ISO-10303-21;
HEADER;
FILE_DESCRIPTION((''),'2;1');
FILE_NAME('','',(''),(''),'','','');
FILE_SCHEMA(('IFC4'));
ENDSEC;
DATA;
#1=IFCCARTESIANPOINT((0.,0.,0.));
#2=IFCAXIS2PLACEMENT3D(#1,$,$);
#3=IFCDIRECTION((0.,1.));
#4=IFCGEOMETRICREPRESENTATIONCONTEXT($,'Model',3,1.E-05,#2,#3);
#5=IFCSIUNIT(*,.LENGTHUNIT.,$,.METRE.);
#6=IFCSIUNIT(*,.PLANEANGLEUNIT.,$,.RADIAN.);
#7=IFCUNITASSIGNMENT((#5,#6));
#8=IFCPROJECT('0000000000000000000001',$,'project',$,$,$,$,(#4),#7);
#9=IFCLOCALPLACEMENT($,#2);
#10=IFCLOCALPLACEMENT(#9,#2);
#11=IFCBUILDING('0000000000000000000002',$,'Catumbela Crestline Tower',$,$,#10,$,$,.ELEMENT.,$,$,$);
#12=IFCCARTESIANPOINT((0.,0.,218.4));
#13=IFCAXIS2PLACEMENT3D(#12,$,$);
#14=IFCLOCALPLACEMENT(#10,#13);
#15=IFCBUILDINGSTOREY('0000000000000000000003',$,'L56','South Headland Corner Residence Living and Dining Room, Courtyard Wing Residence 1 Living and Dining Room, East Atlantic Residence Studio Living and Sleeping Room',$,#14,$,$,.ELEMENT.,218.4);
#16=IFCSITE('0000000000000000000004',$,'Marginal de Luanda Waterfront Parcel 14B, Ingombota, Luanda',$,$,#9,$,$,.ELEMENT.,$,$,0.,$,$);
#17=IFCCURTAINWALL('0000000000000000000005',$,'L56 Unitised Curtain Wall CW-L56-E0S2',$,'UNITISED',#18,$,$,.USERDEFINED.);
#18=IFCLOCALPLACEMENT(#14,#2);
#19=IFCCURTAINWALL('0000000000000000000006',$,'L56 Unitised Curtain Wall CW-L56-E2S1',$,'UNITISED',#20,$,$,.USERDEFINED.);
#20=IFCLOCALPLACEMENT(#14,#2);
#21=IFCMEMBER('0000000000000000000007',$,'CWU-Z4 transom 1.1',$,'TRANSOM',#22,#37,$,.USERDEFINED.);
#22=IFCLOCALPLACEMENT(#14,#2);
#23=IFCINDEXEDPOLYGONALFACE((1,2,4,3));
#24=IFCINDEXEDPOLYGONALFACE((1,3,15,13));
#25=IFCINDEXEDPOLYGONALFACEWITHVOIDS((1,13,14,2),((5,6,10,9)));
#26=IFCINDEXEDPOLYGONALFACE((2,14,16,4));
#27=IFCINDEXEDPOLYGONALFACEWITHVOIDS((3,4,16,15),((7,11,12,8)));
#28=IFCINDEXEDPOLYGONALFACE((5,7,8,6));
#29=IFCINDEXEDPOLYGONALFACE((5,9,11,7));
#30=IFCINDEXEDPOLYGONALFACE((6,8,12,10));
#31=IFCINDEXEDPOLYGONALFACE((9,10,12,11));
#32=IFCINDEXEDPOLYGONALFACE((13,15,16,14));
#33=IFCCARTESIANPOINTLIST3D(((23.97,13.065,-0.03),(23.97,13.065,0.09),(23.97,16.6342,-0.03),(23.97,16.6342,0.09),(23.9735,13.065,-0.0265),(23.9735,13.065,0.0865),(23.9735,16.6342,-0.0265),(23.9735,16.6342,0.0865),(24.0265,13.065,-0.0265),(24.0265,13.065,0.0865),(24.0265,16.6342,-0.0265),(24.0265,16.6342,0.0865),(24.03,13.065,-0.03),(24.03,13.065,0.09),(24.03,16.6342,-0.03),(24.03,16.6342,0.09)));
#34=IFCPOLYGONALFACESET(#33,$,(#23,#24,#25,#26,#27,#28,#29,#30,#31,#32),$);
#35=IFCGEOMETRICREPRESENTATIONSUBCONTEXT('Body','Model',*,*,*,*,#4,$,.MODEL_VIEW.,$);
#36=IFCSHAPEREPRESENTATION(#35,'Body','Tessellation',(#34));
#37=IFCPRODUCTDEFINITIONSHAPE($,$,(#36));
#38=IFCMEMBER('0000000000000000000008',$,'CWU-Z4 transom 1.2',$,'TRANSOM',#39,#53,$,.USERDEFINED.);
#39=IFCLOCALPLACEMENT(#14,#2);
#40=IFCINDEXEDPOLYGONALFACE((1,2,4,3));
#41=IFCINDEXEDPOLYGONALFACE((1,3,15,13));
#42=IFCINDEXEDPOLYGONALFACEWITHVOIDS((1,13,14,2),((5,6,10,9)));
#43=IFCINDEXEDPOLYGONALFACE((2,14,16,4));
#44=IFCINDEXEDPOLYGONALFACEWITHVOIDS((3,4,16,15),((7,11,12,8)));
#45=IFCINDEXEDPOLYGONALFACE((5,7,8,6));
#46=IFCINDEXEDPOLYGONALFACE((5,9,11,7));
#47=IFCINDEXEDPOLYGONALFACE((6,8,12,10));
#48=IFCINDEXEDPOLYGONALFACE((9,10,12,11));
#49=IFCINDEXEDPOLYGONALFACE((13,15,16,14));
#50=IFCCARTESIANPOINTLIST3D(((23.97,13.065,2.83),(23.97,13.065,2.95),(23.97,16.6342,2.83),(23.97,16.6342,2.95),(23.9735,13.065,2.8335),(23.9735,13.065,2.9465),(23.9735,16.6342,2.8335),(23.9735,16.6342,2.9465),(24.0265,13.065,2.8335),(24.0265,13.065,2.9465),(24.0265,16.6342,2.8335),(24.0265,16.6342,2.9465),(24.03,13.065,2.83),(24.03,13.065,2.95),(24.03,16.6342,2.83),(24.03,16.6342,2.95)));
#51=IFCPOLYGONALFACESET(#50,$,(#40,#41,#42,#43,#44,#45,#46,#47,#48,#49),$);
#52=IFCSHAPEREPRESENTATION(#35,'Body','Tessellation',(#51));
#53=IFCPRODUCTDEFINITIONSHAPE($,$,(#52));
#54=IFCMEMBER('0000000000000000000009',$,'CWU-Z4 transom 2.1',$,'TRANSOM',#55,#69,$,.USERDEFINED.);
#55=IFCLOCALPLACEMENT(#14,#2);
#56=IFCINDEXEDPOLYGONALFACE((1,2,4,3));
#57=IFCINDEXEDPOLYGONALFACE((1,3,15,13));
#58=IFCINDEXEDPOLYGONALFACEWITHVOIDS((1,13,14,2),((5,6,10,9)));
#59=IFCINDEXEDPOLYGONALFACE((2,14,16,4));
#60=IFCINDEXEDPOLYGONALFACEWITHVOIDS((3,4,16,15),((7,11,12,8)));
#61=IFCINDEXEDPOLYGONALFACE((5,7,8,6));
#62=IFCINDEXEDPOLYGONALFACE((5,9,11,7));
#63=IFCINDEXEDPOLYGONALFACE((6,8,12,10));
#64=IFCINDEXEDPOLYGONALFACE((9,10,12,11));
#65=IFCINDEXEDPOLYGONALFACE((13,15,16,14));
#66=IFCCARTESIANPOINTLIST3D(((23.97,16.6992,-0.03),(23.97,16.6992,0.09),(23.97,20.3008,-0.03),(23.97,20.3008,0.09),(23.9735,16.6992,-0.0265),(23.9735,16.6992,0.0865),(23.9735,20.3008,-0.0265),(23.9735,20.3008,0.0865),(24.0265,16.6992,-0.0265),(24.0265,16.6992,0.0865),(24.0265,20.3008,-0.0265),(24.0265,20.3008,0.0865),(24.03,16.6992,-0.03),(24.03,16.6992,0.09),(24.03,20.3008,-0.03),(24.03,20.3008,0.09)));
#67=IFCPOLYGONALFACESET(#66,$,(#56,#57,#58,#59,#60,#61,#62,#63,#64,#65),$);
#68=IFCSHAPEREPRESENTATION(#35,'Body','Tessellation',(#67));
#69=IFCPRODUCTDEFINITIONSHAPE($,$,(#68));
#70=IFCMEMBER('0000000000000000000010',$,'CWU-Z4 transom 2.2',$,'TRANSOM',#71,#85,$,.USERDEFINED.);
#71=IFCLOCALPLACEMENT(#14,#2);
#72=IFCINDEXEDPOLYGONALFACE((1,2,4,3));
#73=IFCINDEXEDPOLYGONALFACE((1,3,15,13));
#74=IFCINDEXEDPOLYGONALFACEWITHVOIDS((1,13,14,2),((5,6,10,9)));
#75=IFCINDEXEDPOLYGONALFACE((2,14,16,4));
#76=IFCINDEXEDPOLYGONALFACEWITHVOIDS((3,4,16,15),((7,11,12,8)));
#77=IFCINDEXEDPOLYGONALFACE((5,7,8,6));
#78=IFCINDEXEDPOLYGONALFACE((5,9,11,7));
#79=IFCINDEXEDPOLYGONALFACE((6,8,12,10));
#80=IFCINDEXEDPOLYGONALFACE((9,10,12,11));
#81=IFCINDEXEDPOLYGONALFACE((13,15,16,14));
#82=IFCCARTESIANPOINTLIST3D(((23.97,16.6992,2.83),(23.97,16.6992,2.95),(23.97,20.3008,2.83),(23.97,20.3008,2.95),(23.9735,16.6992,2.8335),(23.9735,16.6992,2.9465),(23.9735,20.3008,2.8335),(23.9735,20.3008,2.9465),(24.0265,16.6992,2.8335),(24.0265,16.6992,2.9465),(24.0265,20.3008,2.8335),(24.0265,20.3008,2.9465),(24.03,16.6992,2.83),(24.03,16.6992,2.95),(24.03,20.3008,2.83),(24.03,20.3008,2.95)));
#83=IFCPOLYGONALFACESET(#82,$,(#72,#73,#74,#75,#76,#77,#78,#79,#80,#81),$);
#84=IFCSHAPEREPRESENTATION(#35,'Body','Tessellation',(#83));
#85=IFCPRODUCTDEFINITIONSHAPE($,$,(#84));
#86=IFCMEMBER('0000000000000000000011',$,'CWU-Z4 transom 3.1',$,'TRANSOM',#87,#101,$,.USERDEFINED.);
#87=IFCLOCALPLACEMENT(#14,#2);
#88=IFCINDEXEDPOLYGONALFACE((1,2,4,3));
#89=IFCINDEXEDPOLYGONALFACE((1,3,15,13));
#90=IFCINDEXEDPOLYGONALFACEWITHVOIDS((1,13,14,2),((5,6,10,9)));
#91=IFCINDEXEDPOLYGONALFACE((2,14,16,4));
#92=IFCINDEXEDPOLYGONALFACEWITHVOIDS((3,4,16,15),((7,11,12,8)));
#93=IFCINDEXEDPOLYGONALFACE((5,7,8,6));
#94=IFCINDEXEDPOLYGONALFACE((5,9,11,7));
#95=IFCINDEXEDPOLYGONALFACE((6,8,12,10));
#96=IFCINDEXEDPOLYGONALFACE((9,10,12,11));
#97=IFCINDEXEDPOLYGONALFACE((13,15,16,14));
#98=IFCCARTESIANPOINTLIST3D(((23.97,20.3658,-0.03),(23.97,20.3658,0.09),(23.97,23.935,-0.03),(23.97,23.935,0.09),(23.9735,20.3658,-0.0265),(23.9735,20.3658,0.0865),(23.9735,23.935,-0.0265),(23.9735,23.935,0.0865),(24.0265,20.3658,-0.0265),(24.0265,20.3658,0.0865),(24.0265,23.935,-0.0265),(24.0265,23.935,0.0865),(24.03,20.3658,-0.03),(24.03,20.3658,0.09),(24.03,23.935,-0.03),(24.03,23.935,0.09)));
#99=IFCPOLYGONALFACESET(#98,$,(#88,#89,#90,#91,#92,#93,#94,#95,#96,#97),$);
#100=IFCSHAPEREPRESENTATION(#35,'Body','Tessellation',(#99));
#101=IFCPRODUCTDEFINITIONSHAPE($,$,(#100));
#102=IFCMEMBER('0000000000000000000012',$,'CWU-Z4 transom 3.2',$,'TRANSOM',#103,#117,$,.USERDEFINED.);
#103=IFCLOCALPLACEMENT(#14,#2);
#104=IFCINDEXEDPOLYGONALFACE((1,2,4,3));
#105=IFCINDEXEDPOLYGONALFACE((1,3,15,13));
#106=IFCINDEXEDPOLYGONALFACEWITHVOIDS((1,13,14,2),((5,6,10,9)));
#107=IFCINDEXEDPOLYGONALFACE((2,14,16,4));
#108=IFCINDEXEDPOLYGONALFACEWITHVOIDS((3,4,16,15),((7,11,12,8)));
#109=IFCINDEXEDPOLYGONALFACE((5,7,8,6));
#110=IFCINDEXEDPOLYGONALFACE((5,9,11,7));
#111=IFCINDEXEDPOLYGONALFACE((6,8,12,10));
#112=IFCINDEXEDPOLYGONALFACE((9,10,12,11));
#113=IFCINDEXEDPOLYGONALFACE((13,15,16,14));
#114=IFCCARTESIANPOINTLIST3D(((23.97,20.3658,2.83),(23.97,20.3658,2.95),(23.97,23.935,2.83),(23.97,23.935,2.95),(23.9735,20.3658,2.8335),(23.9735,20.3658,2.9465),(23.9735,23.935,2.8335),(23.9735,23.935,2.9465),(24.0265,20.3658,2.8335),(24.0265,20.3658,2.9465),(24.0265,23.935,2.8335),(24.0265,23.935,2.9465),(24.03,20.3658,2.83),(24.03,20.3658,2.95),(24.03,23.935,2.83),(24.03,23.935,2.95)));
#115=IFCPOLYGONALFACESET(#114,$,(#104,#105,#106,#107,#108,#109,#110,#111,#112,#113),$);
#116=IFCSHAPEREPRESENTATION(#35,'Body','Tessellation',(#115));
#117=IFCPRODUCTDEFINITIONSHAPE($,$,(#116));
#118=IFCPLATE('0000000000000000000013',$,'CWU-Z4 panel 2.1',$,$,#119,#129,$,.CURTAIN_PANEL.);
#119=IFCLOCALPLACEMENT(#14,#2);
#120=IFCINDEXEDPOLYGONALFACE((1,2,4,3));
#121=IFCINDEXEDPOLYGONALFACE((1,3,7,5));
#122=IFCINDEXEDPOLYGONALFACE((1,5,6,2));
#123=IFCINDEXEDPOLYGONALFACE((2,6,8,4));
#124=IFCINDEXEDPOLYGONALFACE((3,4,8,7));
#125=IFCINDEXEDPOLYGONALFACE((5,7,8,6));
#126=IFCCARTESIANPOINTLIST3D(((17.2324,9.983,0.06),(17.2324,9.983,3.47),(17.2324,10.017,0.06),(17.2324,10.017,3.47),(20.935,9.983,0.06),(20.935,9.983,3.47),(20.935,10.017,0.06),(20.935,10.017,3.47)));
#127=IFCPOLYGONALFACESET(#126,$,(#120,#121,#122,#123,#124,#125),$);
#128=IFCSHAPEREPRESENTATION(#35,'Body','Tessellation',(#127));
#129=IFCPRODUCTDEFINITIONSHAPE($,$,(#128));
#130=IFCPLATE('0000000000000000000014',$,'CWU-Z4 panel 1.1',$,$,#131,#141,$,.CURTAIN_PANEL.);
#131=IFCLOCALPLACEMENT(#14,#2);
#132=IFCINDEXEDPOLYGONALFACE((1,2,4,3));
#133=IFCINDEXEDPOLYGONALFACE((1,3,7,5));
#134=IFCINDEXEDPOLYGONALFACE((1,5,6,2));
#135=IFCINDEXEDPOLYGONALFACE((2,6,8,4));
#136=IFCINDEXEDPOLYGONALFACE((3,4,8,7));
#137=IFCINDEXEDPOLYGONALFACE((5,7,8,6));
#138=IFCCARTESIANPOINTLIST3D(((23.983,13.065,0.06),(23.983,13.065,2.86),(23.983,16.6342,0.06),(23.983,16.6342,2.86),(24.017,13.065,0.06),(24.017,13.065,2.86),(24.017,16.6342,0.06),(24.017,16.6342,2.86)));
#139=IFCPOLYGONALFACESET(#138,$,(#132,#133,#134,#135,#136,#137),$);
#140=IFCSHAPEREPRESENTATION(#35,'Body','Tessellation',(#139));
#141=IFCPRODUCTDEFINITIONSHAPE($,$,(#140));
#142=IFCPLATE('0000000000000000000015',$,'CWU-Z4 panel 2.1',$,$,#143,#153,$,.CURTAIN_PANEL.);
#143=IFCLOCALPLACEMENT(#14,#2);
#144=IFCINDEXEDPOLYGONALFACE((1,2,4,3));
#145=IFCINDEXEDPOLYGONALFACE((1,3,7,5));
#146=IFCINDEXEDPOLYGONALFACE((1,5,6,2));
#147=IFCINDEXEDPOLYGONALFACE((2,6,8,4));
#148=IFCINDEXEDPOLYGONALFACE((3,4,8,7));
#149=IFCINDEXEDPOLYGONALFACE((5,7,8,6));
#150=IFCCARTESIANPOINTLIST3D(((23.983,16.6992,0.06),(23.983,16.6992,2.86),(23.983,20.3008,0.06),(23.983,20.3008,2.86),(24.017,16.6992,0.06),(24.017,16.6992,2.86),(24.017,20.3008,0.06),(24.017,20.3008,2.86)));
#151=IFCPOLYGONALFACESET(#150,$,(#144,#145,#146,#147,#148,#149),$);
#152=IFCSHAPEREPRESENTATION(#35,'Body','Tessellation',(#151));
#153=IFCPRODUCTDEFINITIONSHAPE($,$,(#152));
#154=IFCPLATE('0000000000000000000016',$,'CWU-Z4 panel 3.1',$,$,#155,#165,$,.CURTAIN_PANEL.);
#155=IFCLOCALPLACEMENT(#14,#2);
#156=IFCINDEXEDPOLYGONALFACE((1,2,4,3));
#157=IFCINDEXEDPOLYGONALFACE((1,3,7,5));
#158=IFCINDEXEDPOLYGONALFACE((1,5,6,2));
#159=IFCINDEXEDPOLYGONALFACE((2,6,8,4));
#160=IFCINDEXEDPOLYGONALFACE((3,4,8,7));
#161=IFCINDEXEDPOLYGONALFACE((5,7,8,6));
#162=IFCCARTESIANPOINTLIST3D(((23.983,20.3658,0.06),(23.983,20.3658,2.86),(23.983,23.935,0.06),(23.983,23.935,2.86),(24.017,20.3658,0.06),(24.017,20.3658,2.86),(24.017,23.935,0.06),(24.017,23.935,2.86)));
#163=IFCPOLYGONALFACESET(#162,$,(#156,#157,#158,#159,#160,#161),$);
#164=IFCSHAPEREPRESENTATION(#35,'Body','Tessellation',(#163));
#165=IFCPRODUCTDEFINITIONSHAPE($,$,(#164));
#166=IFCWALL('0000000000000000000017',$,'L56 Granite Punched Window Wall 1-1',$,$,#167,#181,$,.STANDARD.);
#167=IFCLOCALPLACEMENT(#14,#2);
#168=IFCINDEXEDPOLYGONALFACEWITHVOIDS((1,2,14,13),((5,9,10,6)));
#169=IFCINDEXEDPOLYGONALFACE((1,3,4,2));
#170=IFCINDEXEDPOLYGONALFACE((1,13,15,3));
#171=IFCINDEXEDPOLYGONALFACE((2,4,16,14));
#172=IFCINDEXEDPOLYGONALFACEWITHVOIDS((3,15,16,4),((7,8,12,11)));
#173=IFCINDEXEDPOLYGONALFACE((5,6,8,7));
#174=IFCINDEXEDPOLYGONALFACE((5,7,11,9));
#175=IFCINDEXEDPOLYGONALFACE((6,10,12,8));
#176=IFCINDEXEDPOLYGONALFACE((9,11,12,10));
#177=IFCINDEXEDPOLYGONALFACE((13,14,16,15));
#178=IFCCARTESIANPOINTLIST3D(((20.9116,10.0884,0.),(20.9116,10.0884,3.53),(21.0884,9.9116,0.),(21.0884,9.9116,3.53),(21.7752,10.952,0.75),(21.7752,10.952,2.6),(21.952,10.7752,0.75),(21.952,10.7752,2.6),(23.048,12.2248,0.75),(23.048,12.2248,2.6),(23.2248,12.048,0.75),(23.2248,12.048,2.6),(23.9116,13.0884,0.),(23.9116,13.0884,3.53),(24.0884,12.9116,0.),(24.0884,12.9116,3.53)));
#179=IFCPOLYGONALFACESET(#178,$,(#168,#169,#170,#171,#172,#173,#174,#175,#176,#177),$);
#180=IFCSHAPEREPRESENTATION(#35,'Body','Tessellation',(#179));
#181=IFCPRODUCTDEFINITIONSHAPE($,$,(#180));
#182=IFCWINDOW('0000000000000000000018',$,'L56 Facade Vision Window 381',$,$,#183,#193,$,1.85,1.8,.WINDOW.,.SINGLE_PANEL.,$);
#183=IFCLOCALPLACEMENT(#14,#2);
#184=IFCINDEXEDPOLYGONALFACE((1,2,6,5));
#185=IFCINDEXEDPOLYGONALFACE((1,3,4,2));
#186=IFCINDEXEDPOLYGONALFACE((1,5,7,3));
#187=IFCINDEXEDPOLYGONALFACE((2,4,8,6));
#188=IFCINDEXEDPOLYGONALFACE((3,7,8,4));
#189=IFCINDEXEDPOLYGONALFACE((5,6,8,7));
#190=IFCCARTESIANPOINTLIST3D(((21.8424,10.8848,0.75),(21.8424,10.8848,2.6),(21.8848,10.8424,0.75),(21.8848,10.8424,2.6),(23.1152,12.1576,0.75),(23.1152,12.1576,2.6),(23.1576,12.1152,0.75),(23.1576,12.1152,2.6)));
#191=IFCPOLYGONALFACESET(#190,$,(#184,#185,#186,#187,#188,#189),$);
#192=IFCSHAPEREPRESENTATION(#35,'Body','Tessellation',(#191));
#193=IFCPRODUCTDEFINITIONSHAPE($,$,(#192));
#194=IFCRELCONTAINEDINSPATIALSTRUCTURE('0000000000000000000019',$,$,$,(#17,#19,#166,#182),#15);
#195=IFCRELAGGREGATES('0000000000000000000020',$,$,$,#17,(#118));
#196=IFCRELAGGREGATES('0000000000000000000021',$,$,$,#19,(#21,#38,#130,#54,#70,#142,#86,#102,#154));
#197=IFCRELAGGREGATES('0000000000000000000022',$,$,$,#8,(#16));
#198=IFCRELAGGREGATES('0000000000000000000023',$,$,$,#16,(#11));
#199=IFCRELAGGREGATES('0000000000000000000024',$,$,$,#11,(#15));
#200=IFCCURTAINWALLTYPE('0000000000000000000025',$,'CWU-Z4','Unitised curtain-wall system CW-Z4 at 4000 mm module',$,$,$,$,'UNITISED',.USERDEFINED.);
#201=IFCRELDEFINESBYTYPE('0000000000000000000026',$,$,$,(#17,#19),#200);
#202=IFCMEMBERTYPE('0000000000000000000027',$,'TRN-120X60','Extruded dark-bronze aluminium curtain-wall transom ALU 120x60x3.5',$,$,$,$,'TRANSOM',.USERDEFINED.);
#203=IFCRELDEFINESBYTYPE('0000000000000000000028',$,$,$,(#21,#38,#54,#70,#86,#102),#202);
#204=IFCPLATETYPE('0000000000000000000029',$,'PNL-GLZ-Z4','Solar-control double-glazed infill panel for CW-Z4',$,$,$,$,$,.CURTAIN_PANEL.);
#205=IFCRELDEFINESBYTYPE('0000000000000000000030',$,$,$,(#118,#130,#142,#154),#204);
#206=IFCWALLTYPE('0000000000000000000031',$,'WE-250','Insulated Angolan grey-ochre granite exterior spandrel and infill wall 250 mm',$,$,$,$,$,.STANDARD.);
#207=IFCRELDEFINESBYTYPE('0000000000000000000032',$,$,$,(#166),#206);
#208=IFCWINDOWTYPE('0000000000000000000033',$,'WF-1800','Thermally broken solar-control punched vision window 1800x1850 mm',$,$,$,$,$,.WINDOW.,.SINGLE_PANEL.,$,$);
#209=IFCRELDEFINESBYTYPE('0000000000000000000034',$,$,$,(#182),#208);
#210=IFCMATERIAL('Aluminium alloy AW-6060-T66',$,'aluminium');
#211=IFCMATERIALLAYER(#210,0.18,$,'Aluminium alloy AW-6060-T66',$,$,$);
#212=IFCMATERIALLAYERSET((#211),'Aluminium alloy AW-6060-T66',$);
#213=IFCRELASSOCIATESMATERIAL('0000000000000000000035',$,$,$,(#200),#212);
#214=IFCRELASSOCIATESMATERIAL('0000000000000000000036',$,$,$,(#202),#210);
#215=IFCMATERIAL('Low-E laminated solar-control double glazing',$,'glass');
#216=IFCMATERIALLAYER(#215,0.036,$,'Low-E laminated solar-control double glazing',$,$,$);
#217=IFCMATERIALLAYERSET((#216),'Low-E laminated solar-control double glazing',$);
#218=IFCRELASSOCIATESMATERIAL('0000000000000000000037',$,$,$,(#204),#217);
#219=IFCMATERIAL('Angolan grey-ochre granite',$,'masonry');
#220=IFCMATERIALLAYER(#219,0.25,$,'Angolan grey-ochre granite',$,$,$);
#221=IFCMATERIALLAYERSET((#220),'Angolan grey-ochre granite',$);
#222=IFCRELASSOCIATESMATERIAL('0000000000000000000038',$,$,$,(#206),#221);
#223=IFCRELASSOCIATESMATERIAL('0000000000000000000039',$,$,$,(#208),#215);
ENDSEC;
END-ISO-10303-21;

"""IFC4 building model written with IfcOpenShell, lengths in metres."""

from ifc_helpers import new_model, si_unit, direction, frame, frame_2d, origin, origin_2d, place, context, subcontext, project, spatial, rectangle, hollow_rectangle, extrude, material, layer, layer_set, material_profile, profile_set, type_object, element, fill, aggregate, save


model = new_model("IFC4")

# Units and contexts
model_context = context("Model", 3, precision=1e-05, world=origin(), true_north=direction((0.0, 1.0)))
body_context = subcontext(model_context, "Body", "Model", "MODEL_VIEW")
ifc_project = project(units=[si_unit("LENGTHUNIT", "METRE"), si_unit("PLANEANGLEUNIT", "RADIAN")], contexts=[model_context])

# Site, building, storey
site_placement = place(None, origin())
site = spatial("IfcSite", under=ifc_project, at=site_placement, Name="Marginal de Luanda Waterfront Parcel 14B, Ingombota, Luanda", CompositionType="ELEMENT", RefElevation=0.0)
building_placement = place(site_placement, origin())
building = spatial("IfcBuilding", under=site, at=building_placement, Name="Catumbela Crestline Tower", CompositionType="ELEMENT")
storey_placement = place(building_placement, frame((0.0, 0.0, 218.4)))
storey = spatial("IfcBuildingStorey", under=building, at=storey_placement, Name="L56", Description="South Headland Corner Residence Living and Dining Room, Courtyard Wing Residence 1 Living and Dining Room, East Atlantic Residence Studio Living and Sleeping Room", CompositionType="ELEMENT", Elevation=218.4)

# Curtain wall
ifc_material_1 = material(Name="Aluminium alloy AW-6060-T66", Category="aluminium")
ifc_layer_1 = layer(ifc_material_1, 0.18, Name="Aluminium alloy AW-6060-T66")
ifc_layer_set_1 = layer_set([ifc_layer_1], Name="Aluminium alloy AW-6060-T66")
curtain_wall_type = type_object("IfcCurtainWallType", Name="CWU-Z4", Description="Unitised curtain-wall system CW-Z4 at 4000 mm module", ElementType="UNITISED", PredefinedType="USERDEFINED", material=ifc_layer_set_1)
curtain_wall_1_placement = place(storey_placement, origin())
curtain_wall_1 = element("IfcCurtainWall", 1, at=curtain_wall_1_placement, inside=storey, type_object=curtain_wall_type, Name="L56 Unitised Curtain Wall CW-L56-E0S2", ObjectType="UNITISED", PredefinedType="USERDEFINED")

# Curtain wall
curtain_wall_2_placement = place(storey_placement, origin())
curtain_wall_2 = element("IfcCurtainWall", 2, at=curtain_wall_2_placement, inside=storey, type_object=curtain_wall_type, Name="L56 Unitised Curtain Wall CW-L56-E2S1", ObjectType="UNITISED", PredefinedType="USERDEFINED")

# Members
ifc_material_profile_1 = material_profile(ifc_material_1, hollow_rectangle(XDim=0.06, YDim=0.12, WallThickness=0.0035, at=origin_2d()), Name="ALU 120x60x3.5")
ifc_profile_set_1 = profile_set([ifc_material_profile_1], Name="Aluminium alloy AW-6060-T66")
member_type_1 = type_object("IfcMemberType", Name="TRN-120X60", Description="Extruded dark-bronze aluminium curtain-wall transom ALU 120x60x3.5", ElementType="TRANSOM", PredefinedType="USERDEFINED", material=ifc_profile_set_1)
member_1_placement = place(storey_placement, frame((24.0, 13.065, 0.03), z_axis=(0.0, 1.0, 0.0), x_axis=(-1.0, 0.0, 0.0)))
member_1 = element("IfcMember", 3, at=member_1_placement, type_object=member_type_1, Name="CWU-Z4 transom 1.1", ObjectType="TRANSOM", PredefinedType="USERDEFINED", context=body_context, shape_type="SweptSolid", body=[
    extrude(hollow_rectangle(XDim=0.06, YDim=0.12, WallThickness=0.0035, at=origin_2d()), origin(), (0.0, 0.0, 1.0), 3.5692),
])
member_2_placement = place(storey_placement, frame((24.0, 13.065, 2.89), z_axis=(0.0, 1.0, 0.0), x_axis=(-1.0, 0.0, 0.0)))
member_2 = element("IfcMember", 4, at=member_2_placement, type_object=member_type_1, Name="CWU-Z4 transom 1.2", ObjectType="TRANSOM", PredefinedType="USERDEFINED", context=body_context, shape_type="SweptSolid", body=[
    extrude(hollow_rectangle(XDim=0.06, YDim=0.12, WallThickness=0.0035, at=origin_2d()), origin(), (0.0, 0.0, 1.0), 3.5692),
])
member_3_placement = place(storey_placement, frame((24.0, 16.6992, 0.03), z_axis=(0.0, 1.0, 0.0), x_axis=(-1.0, 0.0, 0.0)))
member_3 = element("IfcMember", 5, at=member_3_placement, type_object=member_type_1, Name="CWU-Z4 transom 2.1", ObjectType="TRANSOM", PredefinedType="USERDEFINED", context=body_context, shape_type="SweptSolid", body=[
    extrude(hollow_rectangle(XDim=0.06, YDim=0.12, WallThickness=0.0035, at=origin_2d()), origin(), (0.0, 0.0, 1.0), 3.6016),
])
member_4_placement = place(storey_placement, frame((24.0, 16.6992, 2.89), z_axis=(0.0, 1.0, 0.0), x_axis=(-1.0, 0.0, 0.0)))
member_4 = element("IfcMember", 6, at=member_4_placement, type_object=member_type_1, Name="CWU-Z4 transom 2.2", ObjectType="TRANSOM", PredefinedType="USERDEFINED", context=body_context, shape_type="SweptSolid", body=[
    extrude(hollow_rectangle(XDim=0.06, YDim=0.12, WallThickness=0.0035, at=origin_2d()), origin(), (0.0, 0.0, 1.0), 3.6016),
])
member_5_placement = place(storey_placement, frame((24.0, 20.3658, 0.03), z_axis=(0.0, 1.0, 0.0), x_axis=(-1.0, 0.0, 0.0)))
member_5 = element("IfcMember", 7, at=member_5_placement, type_object=member_type_1, Name="CWU-Z4 transom 3.1", ObjectType="TRANSOM", PredefinedType="USERDEFINED", context=body_context, shape_type="SweptSolid", body=[
    extrude(hollow_rectangle(XDim=0.06, YDim=0.12, WallThickness=0.0035, at=origin_2d()), origin(), (0.0, 0.0, 1.0), 3.5692),
])
member_6_placement = place(storey_placement, frame((24.0, 20.3658, 2.89), z_axis=(0.0, 1.0, 0.0), x_axis=(-1.0, 0.0, 0.0)))
member_6 = element("IfcMember", 8, at=member_6_placement, type_object=member_type_1, Name="CWU-Z4 transom 3.2", ObjectType="TRANSOM", PredefinedType="USERDEFINED", context=body_context, shape_type="SweptSolid", body=[
    extrude(hollow_rectangle(XDim=0.06, YDim=0.12, WallThickness=0.0035, at=origin_2d()), origin(), (0.0, 0.0, 1.0), 3.5692),
])

# Plates
ifc_material_2 = material(Name="Low-E laminated solar-control double glazing", Category="glass")
ifc_layer_2 = layer(ifc_material_2, 0.036, Name="Low-E laminated solar-control double glazing")
ifc_layer_set_2 = layer_set([ifc_layer_2], Name="Low-E laminated solar-control double glazing")
plate_type = type_object("IfcPlateType", Name="PNL-GLZ-Z4", Description="Solar-control double-glazed infill panel for CW-Z4", PredefinedType="CURTAIN_PANEL", material=ifc_layer_set_2)
plate_1_placement = place(storey_placement, frame((19.0837, 10.0, 0.06), z_axis=(0.0, 0.0, 1.0), x_axis=(1.0, 0.0, 0.0)))
plate_1 = element("IfcPlate", 9, at=plate_1_placement, type_object=plate_type, Name="CWU-Z4 panel 2.1", PredefinedType="CURTAIN_PANEL", context=body_context, shape_type="SweptSolid", body=[
    extrude(rectangle(XDim=3.7025, YDim=0.034, at=origin_2d()), origin(), (0.0, 0.0, 1.0), 3.41),
])
aggregate(curtain_wall_1, [plate_1])
plate_2_placement = place(storey_placement, frame((24.0, 14.8496, 0.06), z_axis=(0.0, 0.0, 1.0), x_axis=(0.0, 1.0, 0.0)))
plate_2 = element("IfcPlate", 10, at=plate_2_placement, type_object=plate_type, Name="CWU-Z4 panel 1.1", PredefinedType="CURTAIN_PANEL", context=body_context, shape_type="SweptSolid", body=[
    extrude(rectangle(XDim=3.5692, YDim=0.034, at=origin_2d()), origin(), (0.0, 0.0, 1.0), 2.8),
])
plate_3_placement = place(storey_placement, frame((24.0, 18.5, 0.06), z_axis=(0.0, 0.0, 1.0), x_axis=(0.0, 1.0, 0.0)))
plate_3 = element("IfcPlate", 11, at=plate_3_placement, type_object=plate_type, Name="CWU-Z4 panel 2.1", PredefinedType="CURTAIN_PANEL", context=body_context, shape_type="SweptSolid", body=[
    extrude(rectangle(XDim=3.6017, YDim=0.034, at=origin_2d()), origin(), (0.0, 0.0, 1.0), 2.8),
])
plate_4_placement = place(storey_placement, frame((24.0, 22.1504, 0.06), z_axis=(0.0, 0.0, 1.0), x_axis=(0.0, 1.0, 0.0)))
plate_4 = element("IfcPlate", 12, at=plate_4_placement, type_object=plate_type, Name="CWU-Z4 panel 3.1", PredefinedType="CURTAIN_PANEL", context=body_context, shape_type="SweptSolid", body=[
    extrude(rectangle(XDim=3.5692, YDim=0.034, at=origin_2d()), origin(), (0.0, 0.0, 1.0), 2.8),
])
aggregate(curtain_wall_2, [member_1, member_2, plate_2, member_3, member_4, plate_3, member_5, member_6, plate_4])

# Wall, opening, window
ifc_material_3 = material(Name="Angolan grey-ochre granite", Category="masonry")
ifc_layer_3 = layer(ifc_material_3, 0.25, Name="Angolan grey-ochre granite")
ifc_layer_set_3 = layer_set([ifc_layer_3], Name="Angolan grey-ochre granite")
wall_type_1 = type_object("IfcWallType", Name="WE-250", Description="Insulated Angolan grey-ochre granite exterior spandrel and infill wall 250 mm", PredefinedType="STANDARD", material=ifc_layer_set_3)
wall_1_placement = place(storey_placement, frame((21.0, 10.0, 0.0), z_axis=(0.0, 0.0, 1.0), x_axis=(0.707107, 0.707107, 0.0)))
wall_1 = element("IfcWall", 13, at=wall_1_placement, inside=storey, type_object=wall_type_1, Name="L56 Granite Punched Window Wall 1-1", PredefinedType="STANDARD", context=body_context, shape_type="SweptSolid", body=[
    extrude(rectangle(XDim=4.2426, YDim=0.25, at=frame_2d((2.1213, 0.0))), origin(), (0.0, 0.0, 1.0), 3.53),
])
opening_1_placement = place(wall_1_placement, frame((1.2213, 0.0, 0.75)))
opening_1 = element("IfcOpeningElement", 14, at=opening_1_placement, cuts=wall_1, PredefinedType="OPENING", context=body_context, shape_type="SweptSolid", body=[
    extrude(rectangle(XDim=1.8, YDim=1.85, at=frame_2d((0.9, 0.925))), frame((0.0, 0.135, 0.0), z_axis=(0.0, -1.0, 0.0), x_axis=(1.0, 0.0, 0.0)), (0.0, 0.0, 1.0), 0.27),
])
window_type = type_object("IfcWindowType", Name="WF-1800", Description="Thermally broken solar-control punched vision window 1800x1850 mm", PartitioningType="SINGLE_PANEL", PredefinedType="WINDOW", material=ifc_material_2)
window_placement = place(opening_1_placement, origin())
window = element("IfcWindow", 15, at=window_placement, inside=storey, type_object=window_type, Name="L56 Facade Vision Window 381", OverallHeight=1.85, OverallWidth=1.8, PartitioningType="SINGLE_PANEL", PredefinedType="WINDOW", context=body_context, shape_type="SweptSolid", body=[
    extrude(rectangle(XDim=1.8, YDim=1.85, at=frame_2d((0.9, 0.925))), frame((0.0, 0.03, 0.0), z_axis=(0.0, -1.0, 0.0), x_axis=(1.0, 0.0, 0.0)), (0.0, 0.0, 1.0), 0.06),
])
fill(opening_1, window)

save(model, "model.ifc")
